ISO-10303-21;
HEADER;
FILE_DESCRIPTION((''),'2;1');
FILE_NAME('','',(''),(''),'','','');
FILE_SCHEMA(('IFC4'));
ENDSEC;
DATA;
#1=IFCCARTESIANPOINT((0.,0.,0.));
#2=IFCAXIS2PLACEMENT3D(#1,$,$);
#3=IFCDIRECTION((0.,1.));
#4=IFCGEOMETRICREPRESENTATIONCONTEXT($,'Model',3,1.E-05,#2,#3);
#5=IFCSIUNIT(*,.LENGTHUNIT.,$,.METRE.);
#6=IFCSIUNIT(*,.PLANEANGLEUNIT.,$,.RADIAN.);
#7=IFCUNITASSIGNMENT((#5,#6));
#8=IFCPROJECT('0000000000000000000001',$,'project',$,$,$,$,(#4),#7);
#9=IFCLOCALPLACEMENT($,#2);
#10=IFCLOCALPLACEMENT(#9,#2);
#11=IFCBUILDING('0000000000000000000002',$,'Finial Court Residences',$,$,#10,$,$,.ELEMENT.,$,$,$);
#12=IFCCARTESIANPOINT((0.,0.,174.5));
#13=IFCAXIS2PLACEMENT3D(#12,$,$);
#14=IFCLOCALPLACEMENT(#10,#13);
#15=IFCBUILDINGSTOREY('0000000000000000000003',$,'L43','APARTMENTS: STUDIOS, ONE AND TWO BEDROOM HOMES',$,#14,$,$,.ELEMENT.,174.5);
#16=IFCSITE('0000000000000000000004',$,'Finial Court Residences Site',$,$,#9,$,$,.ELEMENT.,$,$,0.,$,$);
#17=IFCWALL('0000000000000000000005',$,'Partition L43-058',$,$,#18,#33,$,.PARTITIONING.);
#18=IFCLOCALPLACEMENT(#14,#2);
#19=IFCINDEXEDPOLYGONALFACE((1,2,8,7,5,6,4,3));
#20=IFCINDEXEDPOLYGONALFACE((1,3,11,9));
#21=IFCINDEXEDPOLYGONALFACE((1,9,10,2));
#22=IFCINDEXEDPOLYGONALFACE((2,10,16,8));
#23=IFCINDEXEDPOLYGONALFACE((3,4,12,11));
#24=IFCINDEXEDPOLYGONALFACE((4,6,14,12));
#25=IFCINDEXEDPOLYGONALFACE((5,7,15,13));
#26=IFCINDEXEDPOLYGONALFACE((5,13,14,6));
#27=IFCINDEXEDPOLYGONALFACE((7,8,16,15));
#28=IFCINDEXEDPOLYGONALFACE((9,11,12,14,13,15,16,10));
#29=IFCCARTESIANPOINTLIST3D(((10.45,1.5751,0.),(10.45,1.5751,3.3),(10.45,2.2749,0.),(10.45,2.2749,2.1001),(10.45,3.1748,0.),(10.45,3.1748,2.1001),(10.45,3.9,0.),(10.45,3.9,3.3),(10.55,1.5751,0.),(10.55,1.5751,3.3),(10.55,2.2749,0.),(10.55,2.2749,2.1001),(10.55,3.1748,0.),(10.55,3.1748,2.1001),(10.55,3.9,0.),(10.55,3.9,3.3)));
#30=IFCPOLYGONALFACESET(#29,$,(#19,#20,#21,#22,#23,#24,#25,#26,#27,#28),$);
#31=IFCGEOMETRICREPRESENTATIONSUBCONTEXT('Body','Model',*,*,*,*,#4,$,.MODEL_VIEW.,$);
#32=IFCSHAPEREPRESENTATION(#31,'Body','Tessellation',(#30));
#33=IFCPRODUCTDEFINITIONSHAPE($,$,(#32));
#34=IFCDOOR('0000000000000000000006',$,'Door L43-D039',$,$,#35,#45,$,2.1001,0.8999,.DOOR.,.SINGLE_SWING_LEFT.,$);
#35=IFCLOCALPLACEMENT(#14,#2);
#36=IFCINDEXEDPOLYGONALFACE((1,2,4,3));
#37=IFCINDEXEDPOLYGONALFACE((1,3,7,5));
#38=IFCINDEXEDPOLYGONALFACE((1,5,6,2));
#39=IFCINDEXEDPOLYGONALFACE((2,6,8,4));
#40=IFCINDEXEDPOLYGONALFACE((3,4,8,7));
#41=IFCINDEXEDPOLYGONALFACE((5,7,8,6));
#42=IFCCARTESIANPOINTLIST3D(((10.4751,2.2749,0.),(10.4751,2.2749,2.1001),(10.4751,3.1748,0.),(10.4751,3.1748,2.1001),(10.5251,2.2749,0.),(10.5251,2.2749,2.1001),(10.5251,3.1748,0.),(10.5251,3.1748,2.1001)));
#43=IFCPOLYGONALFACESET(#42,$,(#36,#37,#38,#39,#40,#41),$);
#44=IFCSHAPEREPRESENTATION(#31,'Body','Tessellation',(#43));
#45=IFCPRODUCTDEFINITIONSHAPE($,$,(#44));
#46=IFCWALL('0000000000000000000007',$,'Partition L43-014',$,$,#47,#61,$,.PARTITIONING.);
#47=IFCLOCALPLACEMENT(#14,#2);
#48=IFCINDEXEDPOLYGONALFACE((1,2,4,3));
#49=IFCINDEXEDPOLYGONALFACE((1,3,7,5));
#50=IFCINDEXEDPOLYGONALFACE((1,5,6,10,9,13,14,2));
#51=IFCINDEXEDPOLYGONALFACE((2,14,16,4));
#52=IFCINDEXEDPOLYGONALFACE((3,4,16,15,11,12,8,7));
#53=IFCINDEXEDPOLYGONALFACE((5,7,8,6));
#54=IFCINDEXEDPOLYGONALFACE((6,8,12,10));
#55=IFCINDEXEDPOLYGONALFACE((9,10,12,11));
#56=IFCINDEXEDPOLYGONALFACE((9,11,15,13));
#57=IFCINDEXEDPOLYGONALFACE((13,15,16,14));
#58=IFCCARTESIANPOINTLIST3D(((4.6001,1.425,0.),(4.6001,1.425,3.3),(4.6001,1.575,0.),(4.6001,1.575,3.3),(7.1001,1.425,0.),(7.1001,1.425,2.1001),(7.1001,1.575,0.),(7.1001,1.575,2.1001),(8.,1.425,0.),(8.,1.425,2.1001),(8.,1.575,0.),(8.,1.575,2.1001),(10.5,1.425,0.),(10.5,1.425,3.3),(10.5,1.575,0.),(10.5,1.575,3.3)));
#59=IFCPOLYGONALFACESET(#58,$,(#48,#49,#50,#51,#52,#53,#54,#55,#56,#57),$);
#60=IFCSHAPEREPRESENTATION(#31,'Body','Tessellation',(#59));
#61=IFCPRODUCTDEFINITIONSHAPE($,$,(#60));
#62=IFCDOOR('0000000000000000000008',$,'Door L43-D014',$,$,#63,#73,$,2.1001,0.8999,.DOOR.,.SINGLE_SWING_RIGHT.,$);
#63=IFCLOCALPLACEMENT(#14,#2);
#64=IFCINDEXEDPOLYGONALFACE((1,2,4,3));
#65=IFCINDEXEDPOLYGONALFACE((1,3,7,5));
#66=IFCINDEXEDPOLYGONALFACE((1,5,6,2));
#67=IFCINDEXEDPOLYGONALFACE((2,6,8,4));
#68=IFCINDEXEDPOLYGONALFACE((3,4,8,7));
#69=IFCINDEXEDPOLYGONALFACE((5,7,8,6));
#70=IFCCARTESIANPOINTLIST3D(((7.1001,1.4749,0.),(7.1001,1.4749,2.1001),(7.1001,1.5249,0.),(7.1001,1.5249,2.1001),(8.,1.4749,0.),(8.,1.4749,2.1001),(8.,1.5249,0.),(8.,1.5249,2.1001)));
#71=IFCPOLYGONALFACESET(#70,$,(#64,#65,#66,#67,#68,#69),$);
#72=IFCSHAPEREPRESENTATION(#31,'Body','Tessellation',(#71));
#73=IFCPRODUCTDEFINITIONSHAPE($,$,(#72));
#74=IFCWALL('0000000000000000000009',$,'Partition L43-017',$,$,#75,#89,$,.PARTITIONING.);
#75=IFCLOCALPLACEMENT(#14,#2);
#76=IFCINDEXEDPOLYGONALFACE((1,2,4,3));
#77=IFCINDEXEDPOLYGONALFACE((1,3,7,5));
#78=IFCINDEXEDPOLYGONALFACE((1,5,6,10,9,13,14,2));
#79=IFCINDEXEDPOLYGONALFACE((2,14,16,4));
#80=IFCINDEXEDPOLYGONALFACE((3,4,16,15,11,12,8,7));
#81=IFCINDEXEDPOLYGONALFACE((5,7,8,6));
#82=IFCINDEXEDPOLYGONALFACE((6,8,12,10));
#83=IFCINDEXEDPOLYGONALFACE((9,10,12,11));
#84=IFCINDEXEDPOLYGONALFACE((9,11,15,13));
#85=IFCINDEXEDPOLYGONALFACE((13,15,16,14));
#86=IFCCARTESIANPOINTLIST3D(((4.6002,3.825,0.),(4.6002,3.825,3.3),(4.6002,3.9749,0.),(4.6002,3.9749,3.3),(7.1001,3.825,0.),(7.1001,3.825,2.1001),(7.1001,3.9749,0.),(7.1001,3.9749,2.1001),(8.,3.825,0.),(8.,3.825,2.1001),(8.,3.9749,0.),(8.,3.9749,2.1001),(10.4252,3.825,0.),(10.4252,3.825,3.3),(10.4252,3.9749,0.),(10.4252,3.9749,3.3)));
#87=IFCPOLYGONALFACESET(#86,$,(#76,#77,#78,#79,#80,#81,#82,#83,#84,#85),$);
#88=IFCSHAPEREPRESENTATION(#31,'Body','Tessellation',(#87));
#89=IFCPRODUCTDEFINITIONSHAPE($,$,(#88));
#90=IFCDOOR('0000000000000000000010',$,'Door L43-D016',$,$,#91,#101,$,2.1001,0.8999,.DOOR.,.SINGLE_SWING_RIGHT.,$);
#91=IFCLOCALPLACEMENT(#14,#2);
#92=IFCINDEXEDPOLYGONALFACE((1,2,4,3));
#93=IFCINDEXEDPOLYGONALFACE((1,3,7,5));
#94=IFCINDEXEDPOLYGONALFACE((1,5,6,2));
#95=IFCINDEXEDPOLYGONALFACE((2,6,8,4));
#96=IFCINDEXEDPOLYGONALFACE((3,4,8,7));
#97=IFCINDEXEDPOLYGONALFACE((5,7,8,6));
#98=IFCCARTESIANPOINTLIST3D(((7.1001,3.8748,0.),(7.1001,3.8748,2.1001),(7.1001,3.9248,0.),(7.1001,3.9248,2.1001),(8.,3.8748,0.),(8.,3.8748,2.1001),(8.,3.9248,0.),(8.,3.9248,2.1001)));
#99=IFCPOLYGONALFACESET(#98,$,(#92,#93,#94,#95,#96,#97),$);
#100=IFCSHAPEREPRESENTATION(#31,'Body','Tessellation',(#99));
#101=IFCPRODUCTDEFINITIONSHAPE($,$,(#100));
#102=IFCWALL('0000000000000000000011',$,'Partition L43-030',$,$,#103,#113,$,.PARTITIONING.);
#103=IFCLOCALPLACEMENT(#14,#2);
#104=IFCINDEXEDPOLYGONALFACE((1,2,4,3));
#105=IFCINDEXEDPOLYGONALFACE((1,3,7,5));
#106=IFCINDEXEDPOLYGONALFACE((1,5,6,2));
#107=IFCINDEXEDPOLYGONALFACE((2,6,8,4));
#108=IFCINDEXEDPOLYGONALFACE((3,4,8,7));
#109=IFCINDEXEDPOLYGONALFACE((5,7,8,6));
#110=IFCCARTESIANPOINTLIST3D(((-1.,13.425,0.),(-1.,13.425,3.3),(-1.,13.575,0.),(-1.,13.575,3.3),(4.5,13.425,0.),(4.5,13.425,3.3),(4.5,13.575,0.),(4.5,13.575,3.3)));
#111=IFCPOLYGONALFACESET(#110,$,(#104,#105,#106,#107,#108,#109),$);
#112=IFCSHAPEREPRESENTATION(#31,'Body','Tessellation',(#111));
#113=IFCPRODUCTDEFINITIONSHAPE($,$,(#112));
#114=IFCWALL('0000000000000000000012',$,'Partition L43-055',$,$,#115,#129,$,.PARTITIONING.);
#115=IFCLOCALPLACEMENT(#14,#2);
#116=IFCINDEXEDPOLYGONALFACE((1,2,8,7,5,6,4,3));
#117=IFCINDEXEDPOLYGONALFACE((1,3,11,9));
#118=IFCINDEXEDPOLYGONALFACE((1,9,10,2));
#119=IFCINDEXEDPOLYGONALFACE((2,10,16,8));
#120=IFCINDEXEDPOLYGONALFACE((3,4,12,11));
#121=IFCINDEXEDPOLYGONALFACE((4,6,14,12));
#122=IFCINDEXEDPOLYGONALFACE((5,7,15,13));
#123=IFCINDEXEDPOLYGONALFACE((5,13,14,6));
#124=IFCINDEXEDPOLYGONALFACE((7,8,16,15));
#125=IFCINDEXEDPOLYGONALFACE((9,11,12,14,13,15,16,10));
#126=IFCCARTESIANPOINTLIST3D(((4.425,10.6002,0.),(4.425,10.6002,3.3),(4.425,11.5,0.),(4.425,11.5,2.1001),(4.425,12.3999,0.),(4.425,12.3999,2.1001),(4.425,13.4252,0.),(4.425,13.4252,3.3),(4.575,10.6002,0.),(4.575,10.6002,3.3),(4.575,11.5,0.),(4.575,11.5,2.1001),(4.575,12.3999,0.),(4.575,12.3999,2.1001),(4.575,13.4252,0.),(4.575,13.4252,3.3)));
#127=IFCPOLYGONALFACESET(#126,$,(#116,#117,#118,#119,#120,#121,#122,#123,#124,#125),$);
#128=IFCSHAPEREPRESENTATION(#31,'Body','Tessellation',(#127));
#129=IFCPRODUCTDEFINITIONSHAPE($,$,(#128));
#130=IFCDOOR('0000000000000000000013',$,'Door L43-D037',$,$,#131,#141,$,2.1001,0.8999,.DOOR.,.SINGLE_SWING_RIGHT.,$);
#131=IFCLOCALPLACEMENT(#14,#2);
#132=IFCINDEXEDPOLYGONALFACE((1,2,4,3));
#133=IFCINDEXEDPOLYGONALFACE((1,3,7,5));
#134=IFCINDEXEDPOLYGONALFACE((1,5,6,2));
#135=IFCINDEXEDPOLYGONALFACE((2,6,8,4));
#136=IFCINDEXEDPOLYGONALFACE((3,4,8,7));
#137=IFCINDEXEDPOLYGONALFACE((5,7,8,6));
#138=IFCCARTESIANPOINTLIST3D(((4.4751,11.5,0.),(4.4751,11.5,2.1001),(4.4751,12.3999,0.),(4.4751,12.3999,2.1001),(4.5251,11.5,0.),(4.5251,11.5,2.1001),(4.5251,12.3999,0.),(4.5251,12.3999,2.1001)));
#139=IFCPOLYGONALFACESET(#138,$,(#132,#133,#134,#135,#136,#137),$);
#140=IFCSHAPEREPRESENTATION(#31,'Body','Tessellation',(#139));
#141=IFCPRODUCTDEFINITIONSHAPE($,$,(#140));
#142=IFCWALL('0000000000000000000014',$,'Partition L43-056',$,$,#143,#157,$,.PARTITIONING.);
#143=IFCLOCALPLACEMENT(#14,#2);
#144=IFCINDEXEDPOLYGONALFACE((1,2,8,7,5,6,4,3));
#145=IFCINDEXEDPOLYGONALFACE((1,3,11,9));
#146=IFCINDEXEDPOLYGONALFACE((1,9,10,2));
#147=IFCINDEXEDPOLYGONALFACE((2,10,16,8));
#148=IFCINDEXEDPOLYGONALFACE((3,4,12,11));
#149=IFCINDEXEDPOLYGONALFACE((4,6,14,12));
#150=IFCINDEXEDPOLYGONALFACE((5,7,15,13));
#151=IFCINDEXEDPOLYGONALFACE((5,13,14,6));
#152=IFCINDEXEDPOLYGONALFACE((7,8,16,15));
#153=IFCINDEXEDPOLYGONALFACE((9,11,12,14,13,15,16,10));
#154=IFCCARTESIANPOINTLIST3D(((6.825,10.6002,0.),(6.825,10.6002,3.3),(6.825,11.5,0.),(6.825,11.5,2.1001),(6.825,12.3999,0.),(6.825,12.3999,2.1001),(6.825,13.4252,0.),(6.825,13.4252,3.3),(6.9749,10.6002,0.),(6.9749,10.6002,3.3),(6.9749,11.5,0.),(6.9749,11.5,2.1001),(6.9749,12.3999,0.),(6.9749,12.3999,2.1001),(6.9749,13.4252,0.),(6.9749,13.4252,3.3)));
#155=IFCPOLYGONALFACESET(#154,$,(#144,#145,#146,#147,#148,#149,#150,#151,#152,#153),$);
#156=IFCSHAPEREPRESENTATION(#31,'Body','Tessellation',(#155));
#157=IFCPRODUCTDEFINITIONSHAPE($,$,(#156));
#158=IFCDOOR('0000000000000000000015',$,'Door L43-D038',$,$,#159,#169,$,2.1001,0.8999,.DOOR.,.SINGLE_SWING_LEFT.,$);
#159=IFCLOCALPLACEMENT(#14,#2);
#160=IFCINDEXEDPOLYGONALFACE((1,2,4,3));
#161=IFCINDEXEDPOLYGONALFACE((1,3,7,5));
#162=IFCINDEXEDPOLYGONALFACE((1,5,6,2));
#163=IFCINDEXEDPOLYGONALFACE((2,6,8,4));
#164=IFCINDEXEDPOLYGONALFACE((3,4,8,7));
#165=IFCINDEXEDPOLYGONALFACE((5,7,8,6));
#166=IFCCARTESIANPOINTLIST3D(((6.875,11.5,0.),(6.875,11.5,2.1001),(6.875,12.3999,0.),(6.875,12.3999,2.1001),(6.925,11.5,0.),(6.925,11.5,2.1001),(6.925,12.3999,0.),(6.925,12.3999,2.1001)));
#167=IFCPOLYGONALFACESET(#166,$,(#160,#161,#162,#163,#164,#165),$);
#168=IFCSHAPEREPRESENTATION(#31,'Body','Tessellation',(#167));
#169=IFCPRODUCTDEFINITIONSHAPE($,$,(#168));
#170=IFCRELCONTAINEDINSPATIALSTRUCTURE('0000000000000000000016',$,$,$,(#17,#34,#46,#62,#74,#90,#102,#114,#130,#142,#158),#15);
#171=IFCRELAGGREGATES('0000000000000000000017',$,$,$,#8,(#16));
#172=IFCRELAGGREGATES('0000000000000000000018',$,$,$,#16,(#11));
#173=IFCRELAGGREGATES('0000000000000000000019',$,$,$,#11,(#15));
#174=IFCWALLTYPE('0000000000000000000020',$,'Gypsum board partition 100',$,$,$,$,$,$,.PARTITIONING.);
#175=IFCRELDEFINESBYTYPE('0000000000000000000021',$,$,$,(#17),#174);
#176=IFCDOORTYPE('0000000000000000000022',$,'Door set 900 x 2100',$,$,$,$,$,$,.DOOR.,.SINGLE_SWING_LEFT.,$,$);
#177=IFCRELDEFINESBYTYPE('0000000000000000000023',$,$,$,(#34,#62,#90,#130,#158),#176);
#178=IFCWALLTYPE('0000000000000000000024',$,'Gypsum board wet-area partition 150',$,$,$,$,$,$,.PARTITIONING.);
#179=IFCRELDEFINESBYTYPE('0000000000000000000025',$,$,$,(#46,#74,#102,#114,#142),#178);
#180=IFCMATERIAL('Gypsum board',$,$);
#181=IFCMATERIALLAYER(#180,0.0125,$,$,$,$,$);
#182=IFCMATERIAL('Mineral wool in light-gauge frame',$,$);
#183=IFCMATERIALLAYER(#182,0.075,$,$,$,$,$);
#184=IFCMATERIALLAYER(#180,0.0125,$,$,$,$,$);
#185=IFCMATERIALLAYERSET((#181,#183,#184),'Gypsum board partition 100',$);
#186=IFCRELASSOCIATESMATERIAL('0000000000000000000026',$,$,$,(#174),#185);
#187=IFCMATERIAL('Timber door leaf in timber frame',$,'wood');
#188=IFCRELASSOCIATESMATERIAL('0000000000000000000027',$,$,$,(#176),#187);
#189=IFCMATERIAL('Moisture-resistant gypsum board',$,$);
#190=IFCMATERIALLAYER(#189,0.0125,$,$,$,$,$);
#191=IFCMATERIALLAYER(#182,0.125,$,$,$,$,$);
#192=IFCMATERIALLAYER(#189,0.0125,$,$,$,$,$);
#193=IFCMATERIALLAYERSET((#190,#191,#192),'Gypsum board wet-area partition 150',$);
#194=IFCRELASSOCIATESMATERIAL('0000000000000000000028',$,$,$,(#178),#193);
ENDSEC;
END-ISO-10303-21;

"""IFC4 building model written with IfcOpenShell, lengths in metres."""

from ifc_helpers import new_model, si_unit, direction, frame, frame_2d, origin, place, context, subcontext, project, spatial, rectangle, extrude, material, layer, layer_set, type_object, element, fill, save


model = new_model("IFC4")

# Units and contexts
model_context = context("Model", 3, precision=1e-05, world=origin(), true_north=direction((0.0, 1.0)))
body_context = subcontext(model_context, "Body", "Model", "MODEL_VIEW")
ifc_project = project(units=[si_unit("LENGTHUNIT", "METRE"), si_unit("PLANEANGLEUNIT", "RADIAN")], contexts=[model_context])

# Site, building, storey
site_placement = place(None, origin())
site = spatial("IfcSite", under=ifc_project, at=site_placement, Name="Finial Court Residences Site", CompositionType="ELEMENT", RefElevation=0.0)
building_placement = place(site_placement, origin())
building = spatial("IfcBuilding", under=site, at=building_placement, Name="Finial Court Residences", CompositionType="ELEMENT")
storey_placement = place(building_placement, frame((0.0, 0.0, 174.5)))
storey = spatial("IfcBuildingStorey", under=building, at=storey_placement, Name="L43", Description="APARTMENTS: STUDIOS, ONE AND TWO BEDROOM HOMES", CompositionType="ELEMENT", Elevation=174.5)

# Shared definitions
ifc_material_1 = material(Name="Gypsum board")

# Walls, openings, doors
ifc_layer_1 = layer(ifc_material_1, 0.0125)
ifc_material_2 = material(Name="Mineral wool in light-gauge frame")
ifc_layer_2 = layer(ifc_material_2, 0.075)
ifc_layer_3 = layer(ifc_material_1, 0.0125)
ifc_layer_set_1 = layer_set([ifc_layer_1, ifc_layer_2, ifc_layer_3], Name="Gypsum board partition 100")
wall_type_1 = type_object("IfcWallType", Name="Gypsum board partition 100", PredefinedType="PARTITIONING", material=ifc_layer_set_1)
ifc_material_3 = material(Name="Timber door leaf in timber frame", Category="wood")
door_type = type_object("IfcDoorType", Name="Door set 900 x 2100", OperationType="SINGLE_SWING_LEFT", PredefinedType="DOOR", material=ifc_material_3)
wall_1_placement = place(storey_placement, frame((10.5, 1.575, 0.0), z_axis=(0.0, 0.0, 1.0), x_axis=(0.0, 1.0, 0.0)))
wall_1 = element("IfcWall", 1, at=wall_1_placement, inside=storey, type_object=wall_type_1, Name="Partition L43-058", PredefinedType="PARTITIONING", context=body_context, shape_type="SweptSolid", body=[
    extrude(rectangle(XDim=2.325, YDim=0.1001, at=frame_2d((1.1626, 0.0))), origin(), (0.0, 0.0, 1.0), 3.3),
])
opening_1_placement = place(wall_1_placement, frame((0.7, 0.0, 0.0)))
opening_1 = element("IfcOpeningElement", 2, at=opening_1_placement, cuts=wall_1, PredefinedType="OPENING", context=body_context, shape_type="SweptSolid", body=[
    extrude(rectangle(XDim=0.8999, YDim=2.1001, at=frame_2d((0.45, 1.05))), frame((0.0, 0.0601, 0.0), z_axis=(0.0, -1.0, 0.0), x_axis=(1.0, 0.0, 0.0)), (0.0, 0.0, 1.0), 0.1201),
])
door_1_placement = place(opening_1_placement, origin())
door_1 = element("IfcDoor", 3, at=door_1_placement, inside=storey, type_object=door_type, Name="Door L43-D039", OperationType="SINGLE_SWING_LEFT", OverallHeight=2.1001, OverallWidth=0.8999, PredefinedType="DOOR", context=body_context, shape_type="SweptSolid", body=[
    extrude(rectangle(XDim=0.8999, YDim=2.1001, at=frame_2d((0.45, 1.05))), frame((0.0, 0.0249, 0.0), z_axis=(0.0, -1.0, 0.0), x_axis=(1.0, 0.0, 0.0)), (0.0, 0.0, 1.0), 0.05),
])
fill(opening_1, door_1)
ifc_material_4 = material(Name="Moisture-resistant gypsum board")
ifc_layer_4 = layer(ifc_material_4, 0.0125)
ifc_layer_5 = layer(ifc_material_2, 0.125)
ifc_layer_6 = layer(ifc_material_4, 0.0125)
ifc_layer_set_2 = layer_set([ifc_layer_4, ifc_layer_5, ifc_layer_6], Name="Gypsum board wet-area partition 150")
wall_type_2 = type_object("IfcWallType", Name="Gypsum board wet-area partition 150", PredefinedType="PARTITIONING", material=ifc_layer_set_2)
wall_2_placement = place(storey_placement, frame((4.6001, 1.5, 0.0), z_axis=(0.0, 0.0, 1.0), x_axis=(1.0, 0.0, 0.0)))
wall_2 = element("IfcWall", 4, at=wall_2_placement, inside=storey, type_object=wall_type_2, Name="Partition L43-014", PredefinedType="PARTITIONING", context=body_context, shape_type="SweptSolid", body=[
    extrude(rectangle(XDim=5.8999, YDim=0.1499, at=frame_2d((2.95, 0.0))), origin(), (0.0, 0.0, 1.0), 3.3),
])
opening_2_placement = place(wall_2_placement, frame((2.5, 0.0, 0.0)))
opening_2 = element("IfcOpeningElement", 5, at=opening_2_placement, cuts=wall_2, PredefinedType="OPENING", context=body_context, shape_type="SweptSolid", body=[
    extrude(rectangle(XDim=0.8999, YDim=2.1001, at=frame_2d((0.45, 1.05))), frame((0.0, 0.085, 0.0), z_axis=(0.0, -1.0, 0.0), x_axis=(1.0, 0.0, 0.0)), (0.0, 0.0, 1.0), 0.1699),
])
door_2_placement = place(opening_2_placement, origin())
door_2 = element("IfcDoor", 6, at=door_2_placement, inside=storey, type_object=door_type, Name="Door L43-D014", OperationType="SINGLE_SWING_RIGHT", OverallHeight=2.1001, OverallWidth=0.8999, PredefinedType="DOOR", context=body_context, shape_type="SweptSolid", body=[
    extrude(rectangle(XDim=0.8999, YDim=2.1001, at=frame_2d((0.45, 1.05))), frame((0.0, 0.0249, 0.0), z_axis=(0.0, -1.0, 0.0), x_axis=(1.0, 0.0, 0.0)), (0.0, 0.0, 1.0), 0.05),
])
fill(opening_2, door_2)
wall_3_placement = place(storey_placement, frame((4.6001, 3.8999, 0.0), z_axis=(0.0, 0.0, 1.0), x_axis=(1.0, 0.0, 0.0)))
wall_3 = element("IfcWall", 7, at=wall_3_placement, inside=storey, type_object=wall_type_2, Name="Partition L43-017", PredefinedType="PARTITIONING", context=body_context, shape_type="SweptSolid", body=[
    extrude(rectangle(XDim=5.825, YDim=0.1499, at=frame_2d((2.9126, 0.0))), origin(), (0.0, 0.0, 1.0), 3.3),
])
opening_3_placement = place(wall_3_placement, frame((2.5, 0.0, 0.0)))
opening_3 = element("IfcOpeningElement", 8, at=opening_3_placement, cuts=wall_3, PredefinedType="OPENING", context=body_context, shape_type="SweptSolid", body=[
    extrude(rectangle(XDim=0.8999, YDim=2.1001, at=frame_2d((0.45, 1.05))), frame((0.0, 0.085, 0.0), z_axis=(0.0, -1.0, 0.0), x_axis=(1.0, 0.0, 0.0)), (0.0, 0.0, 1.0), 0.1699),
])
door_3_placement = place(opening_3_placement, origin())
door_3 = element("IfcDoor", 9, at=door_3_placement, inside=storey, type_object=door_type, Name="Door L43-D016", OperationType="SINGLE_SWING_RIGHT", OverallHeight=2.1001, OverallWidth=0.8999, PredefinedType="DOOR", context=body_context, shape_type="SweptSolid", body=[
    extrude(rectangle(XDim=0.8999, YDim=2.1001, at=frame_2d((0.45, 1.05))), frame((0.0, 0.0249, 0.0), z_axis=(0.0, -1.0, 0.0), x_axis=(1.0, 0.0, 0.0)), (0.0, 0.0, 1.0), 0.05),
])
fill(opening_3, door_3)

# Wall
wall_4_placement = place(storey_placement, frame((-1.0, 13.5, 0.0), z_axis=(0.0, 0.0, 1.0), x_axis=(1.0, 0.0, 0.0)))
element("IfcWall", 10, at=wall_4_placement, inside=storey, type_object=wall_type_2, Name="Partition L43-030", PredefinedType="PARTITIONING", context=body_context, shape_type="SweptSolid", body=[
    extrude(rectangle(XDim=5.5, YDim=0.1499, at=frame_2d((2.75, 0.0))), origin(), (0.0, 0.0, 1.0), 3.3),
])

# Walls, openings, doors
wall_5_placement = place(storey_placement, frame((4.5, 10.6001, 0.0), z_axis=(0.0, 0.0, 1.0), x_axis=(0.0, 1.0, 0.0)))
wall_5 = element("IfcWall", 11, at=wall_5_placement, inside=storey, type_object=wall_type_2, Name="Partition L43-055", PredefinedType="PARTITIONING", context=body_context, shape_type="SweptSolid", body=[
    extrude(rectangle(XDim=2.825, YDim=0.1499, at=frame_2d((1.4126, 0.0))), origin(), (0.0, 0.0, 1.0), 3.3),
])
opening_4_placement = place(wall_5_placement, frame((0.8999, 0.0, 0.0)))
opening_4 = element("IfcOpeningElement", 12, at=opening_4_placement, cuts=wall_5, PredefinedType="OPENING", context=body_context, shape_type="SweptSolid", body=[
    extrude(rectangle(XDim=0.8999, YDim=2.1001, at=frame_2d((0.45, 1.05))), frame((0.0, 0.085, 0.0), z_axis=(0.0, -1.0, 0.0), x_axis=(1.0, 0.0, 0.0)), (0.0, 0.0, 1.0), 0.1699),
])
door_4_placement = place(opening_4_placement, origin())
door_4 = element("IfcDoor", 13, at=door_4_placement, inside=storey, type_object=door_type, Name="Door L43-D037", OperationType="SINGLE_SWING_RIGHT", OverallHeight=2.1001, OverallWidth=0.8999, PredefinedType="DOOR", context=body_context, shape_type="SweptSolid", body=[
    extrude(rectangle(XDim=0.8999, YDim=2.1001, at=frame_2d((0.45, 1.05))), frame((0.0, 0.0249, 0.0), z_axis=(0.0, -1.0, 0.0), x_axis=(1.0, 0.0, 0.0)), (0.0, 0.0, 1.0), 0.05),
])
fill(opening_4, door_4)
wall_6_placement = place(storey_placement, frame((6.8999, 10.6001, 0.0), z_axis=(0.0, 0.0, 1.0), x_axis=(0.0, 1.0, 0.0)))
wall_6 = element("IfcWall", 14, at=wall_6_placement, inside=storey, type_object=wall_type_2, Name="Partition L43-056", PredefinedType="PARTITIONING", context=body_context, shape_type="SweptSolid", body=[
    extrude(rectangle(XDim=2.825, YDim=0.1499, at=frame_2d((1.4126, 0.0))), origin(), (0.0, 0.0, 1.0), 3.3),
])
opening_5_placement = place(wall_6_placement, frame((0.8999, 0.0, 0.0)))
opening_5 = element("IfcOpeningElement", 15, at=opening_5_placement, cuts=wall_6, PredefinedType="OPENING", context=body_context, shape_type="SweptSolid", body=[
    extrude(rectangle(XDim=0.8999, YDim=2.1001, at=frame_2d((0.45, 1.05))), frame((0.0, 0.085, 0.0), z_axis=(0.0, -1.0, 0.0), x_axis=(1.0, 0.0, 0.0)), (0.0, 0.0, 1.0), 0.1699),
])
door_5_placement = place(opening_5_placement, origin())
door_5 = element("IfcDoor", 16, at=door_5_placement, inside=storey, type_object=door_type, Name="Door L43-D038", OperationType="SINGLE_SWING_LEFT", OverallHeight=2.1001, OverallWidth=0.8999, PredefinedType="DOOR", context=body_context, shape_type="SweptSolid", body=[
    extrude(rectangle(XDim=0.8999, YDim=2.1001, at=frame_2d((0.45, 1.05))), frame((0.0, 0.0249, 0.0), z_axis=(0.0, -1.0, 0.0), x_axis=(1.0, 0.0, 0.0)), (0.0, 0.0, 1.0), 0.05),
])
fill(opening_5, door_5)

save(model, "model.ifc")
